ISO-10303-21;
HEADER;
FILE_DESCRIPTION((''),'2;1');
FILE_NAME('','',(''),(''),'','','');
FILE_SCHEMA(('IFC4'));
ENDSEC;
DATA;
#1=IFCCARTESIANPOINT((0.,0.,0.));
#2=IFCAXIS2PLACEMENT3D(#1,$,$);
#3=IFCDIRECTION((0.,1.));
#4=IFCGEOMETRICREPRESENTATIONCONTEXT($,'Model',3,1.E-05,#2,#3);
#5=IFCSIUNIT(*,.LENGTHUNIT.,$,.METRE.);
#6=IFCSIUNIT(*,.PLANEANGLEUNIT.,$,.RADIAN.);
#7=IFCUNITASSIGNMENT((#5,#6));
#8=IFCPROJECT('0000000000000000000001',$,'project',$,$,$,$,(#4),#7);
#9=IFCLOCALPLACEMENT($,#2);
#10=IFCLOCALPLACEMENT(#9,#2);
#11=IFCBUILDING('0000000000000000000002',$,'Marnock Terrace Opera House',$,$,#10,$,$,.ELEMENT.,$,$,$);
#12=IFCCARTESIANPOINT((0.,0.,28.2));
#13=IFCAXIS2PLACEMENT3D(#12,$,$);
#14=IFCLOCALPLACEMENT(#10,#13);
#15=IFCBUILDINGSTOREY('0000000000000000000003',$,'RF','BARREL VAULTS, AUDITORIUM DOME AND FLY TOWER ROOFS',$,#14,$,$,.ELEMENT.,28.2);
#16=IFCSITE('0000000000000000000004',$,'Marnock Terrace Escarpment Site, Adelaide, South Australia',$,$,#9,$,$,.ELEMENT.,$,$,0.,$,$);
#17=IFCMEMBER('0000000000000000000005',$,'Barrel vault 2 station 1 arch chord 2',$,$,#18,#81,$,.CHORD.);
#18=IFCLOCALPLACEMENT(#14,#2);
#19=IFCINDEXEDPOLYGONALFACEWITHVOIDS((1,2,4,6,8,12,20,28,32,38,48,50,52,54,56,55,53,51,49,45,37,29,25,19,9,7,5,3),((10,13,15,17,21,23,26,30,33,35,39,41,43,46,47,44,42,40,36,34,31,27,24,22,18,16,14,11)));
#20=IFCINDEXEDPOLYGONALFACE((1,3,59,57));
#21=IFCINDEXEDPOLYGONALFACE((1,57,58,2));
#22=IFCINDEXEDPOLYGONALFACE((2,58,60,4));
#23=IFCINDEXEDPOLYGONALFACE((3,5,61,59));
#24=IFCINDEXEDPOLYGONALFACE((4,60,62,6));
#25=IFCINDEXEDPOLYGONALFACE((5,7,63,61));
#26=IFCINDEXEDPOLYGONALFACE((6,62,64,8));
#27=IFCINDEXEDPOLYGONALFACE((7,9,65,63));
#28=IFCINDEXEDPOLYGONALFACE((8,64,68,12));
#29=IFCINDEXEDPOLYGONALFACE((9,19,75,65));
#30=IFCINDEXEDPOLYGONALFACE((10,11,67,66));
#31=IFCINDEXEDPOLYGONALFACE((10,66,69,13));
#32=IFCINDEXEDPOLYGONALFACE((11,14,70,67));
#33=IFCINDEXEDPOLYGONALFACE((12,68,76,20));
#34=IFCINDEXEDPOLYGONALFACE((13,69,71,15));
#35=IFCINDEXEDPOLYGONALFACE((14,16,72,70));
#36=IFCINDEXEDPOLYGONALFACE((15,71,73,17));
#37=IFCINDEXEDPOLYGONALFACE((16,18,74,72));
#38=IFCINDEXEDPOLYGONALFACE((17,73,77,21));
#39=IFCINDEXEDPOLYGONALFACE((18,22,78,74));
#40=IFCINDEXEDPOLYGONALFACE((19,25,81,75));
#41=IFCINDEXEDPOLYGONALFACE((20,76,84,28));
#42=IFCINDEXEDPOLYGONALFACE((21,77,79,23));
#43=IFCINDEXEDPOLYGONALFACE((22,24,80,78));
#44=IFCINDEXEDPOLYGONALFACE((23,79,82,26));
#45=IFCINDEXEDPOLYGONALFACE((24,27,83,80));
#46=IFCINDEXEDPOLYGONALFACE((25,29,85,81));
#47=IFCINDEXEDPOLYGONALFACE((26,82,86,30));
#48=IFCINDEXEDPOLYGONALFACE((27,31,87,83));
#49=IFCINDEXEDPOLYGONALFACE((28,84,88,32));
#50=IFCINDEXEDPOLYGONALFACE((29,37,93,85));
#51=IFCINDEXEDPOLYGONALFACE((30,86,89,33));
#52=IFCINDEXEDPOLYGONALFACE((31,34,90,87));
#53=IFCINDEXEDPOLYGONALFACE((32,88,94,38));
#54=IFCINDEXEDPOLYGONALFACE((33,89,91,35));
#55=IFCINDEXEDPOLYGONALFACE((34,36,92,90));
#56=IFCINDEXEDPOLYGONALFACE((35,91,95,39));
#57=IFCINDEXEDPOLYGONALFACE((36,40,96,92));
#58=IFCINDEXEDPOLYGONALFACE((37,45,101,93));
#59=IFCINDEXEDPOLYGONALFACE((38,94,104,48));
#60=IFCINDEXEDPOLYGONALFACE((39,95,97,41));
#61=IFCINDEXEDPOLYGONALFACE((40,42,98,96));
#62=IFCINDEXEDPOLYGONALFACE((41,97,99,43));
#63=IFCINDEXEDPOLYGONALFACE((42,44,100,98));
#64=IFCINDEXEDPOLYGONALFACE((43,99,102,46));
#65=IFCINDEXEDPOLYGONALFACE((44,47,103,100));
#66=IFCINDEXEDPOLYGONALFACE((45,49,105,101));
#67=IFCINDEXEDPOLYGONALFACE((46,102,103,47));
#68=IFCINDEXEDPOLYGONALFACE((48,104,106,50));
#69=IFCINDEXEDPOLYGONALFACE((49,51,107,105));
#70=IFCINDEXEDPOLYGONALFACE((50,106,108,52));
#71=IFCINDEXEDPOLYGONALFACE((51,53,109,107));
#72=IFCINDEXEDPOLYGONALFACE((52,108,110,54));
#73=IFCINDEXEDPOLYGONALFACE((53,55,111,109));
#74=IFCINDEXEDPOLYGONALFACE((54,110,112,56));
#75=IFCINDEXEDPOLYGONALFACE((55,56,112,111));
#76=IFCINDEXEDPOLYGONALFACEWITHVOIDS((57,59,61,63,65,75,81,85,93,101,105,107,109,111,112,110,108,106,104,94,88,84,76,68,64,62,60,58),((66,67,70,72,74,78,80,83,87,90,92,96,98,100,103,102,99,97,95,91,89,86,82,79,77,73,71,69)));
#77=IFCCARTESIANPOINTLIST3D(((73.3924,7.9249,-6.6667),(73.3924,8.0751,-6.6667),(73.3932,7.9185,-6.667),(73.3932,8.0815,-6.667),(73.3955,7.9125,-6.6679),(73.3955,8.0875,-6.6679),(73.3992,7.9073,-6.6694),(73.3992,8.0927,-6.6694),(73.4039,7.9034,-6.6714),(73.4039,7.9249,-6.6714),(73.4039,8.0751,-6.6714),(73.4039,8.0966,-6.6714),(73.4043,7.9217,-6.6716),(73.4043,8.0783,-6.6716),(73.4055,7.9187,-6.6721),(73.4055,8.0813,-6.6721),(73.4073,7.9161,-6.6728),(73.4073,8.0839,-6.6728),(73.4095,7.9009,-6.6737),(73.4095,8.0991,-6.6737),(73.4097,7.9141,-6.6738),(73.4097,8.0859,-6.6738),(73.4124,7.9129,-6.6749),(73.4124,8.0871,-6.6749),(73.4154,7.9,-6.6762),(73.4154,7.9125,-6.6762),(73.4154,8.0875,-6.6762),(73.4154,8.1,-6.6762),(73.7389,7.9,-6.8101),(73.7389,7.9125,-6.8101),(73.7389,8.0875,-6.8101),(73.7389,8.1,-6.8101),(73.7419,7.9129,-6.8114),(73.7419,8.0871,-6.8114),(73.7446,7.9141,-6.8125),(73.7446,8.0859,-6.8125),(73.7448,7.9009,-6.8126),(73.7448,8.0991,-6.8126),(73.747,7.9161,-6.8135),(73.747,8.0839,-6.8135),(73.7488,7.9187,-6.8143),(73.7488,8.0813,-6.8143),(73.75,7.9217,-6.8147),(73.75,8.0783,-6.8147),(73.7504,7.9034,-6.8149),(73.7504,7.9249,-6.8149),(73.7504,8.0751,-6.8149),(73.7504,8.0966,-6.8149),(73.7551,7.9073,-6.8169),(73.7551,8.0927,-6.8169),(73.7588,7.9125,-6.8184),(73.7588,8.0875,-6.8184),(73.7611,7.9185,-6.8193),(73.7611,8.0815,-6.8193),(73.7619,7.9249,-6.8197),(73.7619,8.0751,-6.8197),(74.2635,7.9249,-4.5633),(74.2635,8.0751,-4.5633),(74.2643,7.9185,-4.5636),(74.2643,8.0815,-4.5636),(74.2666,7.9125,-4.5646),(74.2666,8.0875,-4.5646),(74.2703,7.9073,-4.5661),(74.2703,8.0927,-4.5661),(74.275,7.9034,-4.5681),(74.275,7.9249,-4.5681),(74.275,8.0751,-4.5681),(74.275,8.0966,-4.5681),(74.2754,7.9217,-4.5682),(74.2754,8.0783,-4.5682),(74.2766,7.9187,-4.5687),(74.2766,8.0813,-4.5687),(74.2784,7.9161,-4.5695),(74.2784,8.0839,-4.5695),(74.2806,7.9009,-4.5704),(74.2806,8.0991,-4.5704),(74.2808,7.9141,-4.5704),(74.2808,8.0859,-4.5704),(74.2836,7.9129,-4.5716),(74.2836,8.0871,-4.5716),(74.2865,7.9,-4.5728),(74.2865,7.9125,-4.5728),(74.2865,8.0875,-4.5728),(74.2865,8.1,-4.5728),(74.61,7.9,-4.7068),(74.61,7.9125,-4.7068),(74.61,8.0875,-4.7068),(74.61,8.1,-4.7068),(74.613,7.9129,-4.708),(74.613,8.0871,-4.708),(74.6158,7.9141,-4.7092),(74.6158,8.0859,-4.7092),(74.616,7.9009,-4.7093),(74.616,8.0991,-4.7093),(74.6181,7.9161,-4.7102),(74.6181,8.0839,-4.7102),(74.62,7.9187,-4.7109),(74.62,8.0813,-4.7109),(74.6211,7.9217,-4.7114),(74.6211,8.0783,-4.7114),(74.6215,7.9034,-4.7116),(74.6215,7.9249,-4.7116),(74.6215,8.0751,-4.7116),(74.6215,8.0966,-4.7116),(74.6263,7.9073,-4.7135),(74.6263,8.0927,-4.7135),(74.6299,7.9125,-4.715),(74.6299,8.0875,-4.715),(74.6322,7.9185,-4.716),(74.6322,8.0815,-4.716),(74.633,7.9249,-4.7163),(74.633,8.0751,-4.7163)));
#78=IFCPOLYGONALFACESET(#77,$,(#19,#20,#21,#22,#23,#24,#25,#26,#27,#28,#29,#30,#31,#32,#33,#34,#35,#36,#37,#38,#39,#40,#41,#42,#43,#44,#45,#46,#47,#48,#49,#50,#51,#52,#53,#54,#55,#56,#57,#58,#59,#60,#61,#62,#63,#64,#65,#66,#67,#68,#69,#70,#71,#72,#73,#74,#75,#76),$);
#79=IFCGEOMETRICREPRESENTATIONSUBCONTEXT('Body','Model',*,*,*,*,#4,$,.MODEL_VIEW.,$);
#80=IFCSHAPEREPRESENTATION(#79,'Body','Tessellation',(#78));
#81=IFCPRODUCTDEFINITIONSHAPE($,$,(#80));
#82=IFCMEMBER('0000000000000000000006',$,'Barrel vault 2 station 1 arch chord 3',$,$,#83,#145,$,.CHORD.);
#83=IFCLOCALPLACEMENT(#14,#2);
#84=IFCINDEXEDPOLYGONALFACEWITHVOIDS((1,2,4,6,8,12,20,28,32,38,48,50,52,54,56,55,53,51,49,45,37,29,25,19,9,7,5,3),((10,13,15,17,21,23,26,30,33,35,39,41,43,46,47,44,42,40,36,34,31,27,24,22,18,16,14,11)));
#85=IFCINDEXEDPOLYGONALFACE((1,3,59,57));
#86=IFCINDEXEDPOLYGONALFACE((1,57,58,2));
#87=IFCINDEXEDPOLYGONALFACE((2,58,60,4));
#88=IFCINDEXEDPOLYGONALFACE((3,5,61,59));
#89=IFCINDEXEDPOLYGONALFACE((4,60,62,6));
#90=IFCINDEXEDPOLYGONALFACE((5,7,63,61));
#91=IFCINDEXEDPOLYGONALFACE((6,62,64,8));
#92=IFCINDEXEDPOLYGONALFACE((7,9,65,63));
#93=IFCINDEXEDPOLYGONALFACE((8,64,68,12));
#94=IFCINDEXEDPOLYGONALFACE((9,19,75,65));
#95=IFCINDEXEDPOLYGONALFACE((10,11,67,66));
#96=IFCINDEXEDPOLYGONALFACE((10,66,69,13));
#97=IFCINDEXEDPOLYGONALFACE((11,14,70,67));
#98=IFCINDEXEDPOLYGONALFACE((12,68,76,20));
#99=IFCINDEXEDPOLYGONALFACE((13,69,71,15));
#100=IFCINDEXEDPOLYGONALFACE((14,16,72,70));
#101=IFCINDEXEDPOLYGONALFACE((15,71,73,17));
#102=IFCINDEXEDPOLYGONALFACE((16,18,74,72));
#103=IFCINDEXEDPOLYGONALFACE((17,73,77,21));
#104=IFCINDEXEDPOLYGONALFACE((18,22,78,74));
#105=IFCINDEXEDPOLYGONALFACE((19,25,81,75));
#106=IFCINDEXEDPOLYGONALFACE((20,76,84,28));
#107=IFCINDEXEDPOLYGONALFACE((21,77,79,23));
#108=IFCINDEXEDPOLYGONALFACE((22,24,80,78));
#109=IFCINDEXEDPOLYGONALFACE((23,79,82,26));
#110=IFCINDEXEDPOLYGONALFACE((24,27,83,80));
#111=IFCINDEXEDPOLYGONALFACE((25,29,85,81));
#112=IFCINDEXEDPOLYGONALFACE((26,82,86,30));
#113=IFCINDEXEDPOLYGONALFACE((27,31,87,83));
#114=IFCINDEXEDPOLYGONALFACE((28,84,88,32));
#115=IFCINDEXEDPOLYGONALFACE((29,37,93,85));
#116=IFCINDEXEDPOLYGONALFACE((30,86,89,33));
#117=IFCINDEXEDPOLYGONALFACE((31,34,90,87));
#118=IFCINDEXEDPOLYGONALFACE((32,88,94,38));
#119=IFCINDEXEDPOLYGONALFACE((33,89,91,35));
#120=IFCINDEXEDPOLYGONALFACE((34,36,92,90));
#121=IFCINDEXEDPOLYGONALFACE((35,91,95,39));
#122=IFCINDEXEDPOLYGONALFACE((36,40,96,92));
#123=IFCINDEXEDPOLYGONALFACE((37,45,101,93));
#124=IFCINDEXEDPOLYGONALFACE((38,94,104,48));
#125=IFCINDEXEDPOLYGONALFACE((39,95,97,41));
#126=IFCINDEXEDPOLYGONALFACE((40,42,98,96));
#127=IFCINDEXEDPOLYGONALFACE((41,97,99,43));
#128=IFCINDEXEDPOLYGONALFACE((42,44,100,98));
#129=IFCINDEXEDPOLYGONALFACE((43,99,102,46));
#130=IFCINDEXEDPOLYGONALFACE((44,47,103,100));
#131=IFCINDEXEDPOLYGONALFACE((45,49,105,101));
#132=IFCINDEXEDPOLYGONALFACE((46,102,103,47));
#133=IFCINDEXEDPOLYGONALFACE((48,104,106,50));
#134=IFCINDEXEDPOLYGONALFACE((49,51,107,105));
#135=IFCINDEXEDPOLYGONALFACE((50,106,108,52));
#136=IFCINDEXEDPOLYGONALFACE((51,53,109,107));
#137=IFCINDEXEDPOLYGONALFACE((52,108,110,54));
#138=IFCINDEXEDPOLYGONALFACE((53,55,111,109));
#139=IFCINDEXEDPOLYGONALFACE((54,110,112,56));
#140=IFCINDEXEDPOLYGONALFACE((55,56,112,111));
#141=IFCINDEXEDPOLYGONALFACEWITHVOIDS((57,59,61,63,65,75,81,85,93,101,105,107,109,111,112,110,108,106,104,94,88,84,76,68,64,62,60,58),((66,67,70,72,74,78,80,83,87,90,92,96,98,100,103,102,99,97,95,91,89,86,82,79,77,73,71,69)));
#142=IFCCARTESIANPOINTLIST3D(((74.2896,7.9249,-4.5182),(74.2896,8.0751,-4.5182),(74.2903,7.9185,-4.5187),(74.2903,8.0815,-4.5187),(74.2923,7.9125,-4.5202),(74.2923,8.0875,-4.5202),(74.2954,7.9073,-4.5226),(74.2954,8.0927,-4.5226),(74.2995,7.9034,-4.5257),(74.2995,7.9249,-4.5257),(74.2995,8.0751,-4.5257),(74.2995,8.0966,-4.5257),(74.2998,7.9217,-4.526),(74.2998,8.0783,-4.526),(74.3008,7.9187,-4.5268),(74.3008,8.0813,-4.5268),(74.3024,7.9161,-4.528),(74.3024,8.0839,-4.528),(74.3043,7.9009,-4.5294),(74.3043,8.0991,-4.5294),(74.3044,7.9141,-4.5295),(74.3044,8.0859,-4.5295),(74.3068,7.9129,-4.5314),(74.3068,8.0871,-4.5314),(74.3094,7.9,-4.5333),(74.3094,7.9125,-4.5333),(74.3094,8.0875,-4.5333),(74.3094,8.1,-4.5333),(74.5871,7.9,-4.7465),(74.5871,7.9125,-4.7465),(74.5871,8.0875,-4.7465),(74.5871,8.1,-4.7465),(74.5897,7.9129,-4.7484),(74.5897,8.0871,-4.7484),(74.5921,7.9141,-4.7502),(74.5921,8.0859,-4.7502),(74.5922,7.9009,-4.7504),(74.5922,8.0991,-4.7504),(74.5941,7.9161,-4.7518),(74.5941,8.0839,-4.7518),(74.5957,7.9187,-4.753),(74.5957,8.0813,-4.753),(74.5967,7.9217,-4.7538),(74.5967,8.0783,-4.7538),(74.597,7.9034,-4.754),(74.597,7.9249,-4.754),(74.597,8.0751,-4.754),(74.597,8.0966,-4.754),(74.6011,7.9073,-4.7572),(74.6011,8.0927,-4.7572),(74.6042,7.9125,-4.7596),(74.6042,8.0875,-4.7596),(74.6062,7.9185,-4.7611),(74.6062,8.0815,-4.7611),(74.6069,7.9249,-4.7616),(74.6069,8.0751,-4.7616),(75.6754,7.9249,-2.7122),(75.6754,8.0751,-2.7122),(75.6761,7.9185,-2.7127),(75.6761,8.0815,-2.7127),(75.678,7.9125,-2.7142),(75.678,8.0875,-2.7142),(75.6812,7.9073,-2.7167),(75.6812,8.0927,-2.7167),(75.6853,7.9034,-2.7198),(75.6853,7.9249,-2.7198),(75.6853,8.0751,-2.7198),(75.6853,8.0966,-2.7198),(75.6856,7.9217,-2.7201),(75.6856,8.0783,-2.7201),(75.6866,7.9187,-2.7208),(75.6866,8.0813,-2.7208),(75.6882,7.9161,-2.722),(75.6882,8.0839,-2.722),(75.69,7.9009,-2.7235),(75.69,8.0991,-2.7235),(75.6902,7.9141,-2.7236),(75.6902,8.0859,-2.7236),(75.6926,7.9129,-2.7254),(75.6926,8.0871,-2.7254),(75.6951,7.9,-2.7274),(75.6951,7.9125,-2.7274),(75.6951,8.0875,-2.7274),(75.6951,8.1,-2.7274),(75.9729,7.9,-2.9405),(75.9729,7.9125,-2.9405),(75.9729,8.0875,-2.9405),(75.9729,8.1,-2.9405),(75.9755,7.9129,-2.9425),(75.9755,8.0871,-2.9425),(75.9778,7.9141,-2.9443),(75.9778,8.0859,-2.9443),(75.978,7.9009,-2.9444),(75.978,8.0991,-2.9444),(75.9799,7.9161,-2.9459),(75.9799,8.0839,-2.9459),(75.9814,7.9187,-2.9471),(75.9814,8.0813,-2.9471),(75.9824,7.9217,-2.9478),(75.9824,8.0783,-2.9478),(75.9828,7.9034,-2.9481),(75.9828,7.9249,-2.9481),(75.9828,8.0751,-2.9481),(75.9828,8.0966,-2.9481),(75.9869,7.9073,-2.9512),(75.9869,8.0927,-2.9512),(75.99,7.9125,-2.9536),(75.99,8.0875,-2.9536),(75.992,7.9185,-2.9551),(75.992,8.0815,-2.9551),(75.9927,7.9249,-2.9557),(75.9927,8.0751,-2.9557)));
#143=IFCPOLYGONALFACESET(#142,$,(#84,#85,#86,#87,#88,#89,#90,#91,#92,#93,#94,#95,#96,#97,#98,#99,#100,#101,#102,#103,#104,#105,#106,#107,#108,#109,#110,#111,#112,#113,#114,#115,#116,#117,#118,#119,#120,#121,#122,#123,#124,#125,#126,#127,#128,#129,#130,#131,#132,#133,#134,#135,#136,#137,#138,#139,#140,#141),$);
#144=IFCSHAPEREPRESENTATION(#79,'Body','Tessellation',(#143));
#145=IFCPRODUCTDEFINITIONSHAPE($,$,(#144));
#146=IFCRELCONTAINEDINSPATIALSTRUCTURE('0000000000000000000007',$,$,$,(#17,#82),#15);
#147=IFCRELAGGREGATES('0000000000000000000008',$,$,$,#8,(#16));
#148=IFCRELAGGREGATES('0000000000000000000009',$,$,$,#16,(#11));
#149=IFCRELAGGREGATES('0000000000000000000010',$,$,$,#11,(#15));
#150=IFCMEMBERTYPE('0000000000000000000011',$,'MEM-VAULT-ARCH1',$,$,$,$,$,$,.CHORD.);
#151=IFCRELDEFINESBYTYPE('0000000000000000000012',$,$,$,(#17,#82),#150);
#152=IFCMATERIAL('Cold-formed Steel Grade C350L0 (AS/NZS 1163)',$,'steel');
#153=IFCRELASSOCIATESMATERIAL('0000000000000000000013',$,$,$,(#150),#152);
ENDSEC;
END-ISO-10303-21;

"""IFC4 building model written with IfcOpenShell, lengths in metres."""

from ifc_helpers import new_model, si_unit, direction, frame, origin, origin_2d, place, context, subcontext, project, spatial, hollow_rectangle, extrude, material, material_profile, profile_set, type_object, element, save


model = new_model("IFC4")

# Units and contexts
model_context = context("Model", 3, precision=1e-05, world=origin(), true_north=direction((0.0, 1.0)))
body_context = subcontext(model_context, "Body", "Model", "MODEL_VIEW")
ifc_project = project(units=[si_unit("LENGTHUNIT", "METRE"), si_unit("PLANEANGLEUNIT", "RADIAN")], contexts=[model_context])

# Site, building, storey
site_placement = place(None, origin())
site = spatial("IfcSite", under=ifc_project, at=site_placement, Name="Marnock Terrace Escarpment Site, Adelaide, South Australia", CompositionType="ELEMENT", RefElevation=0.0)
building_placement = place(site_placement, origin())
building = spatial("IfcBuilding", under=site, at=building_placement, Name="Marnock Terrace Opera House", CompositionType="ELEMENT")
storey_placement = place(building_placement, frame((0.0, 0.0, 28.2)))
storey = spatial("IfcBuildingStorey", under=building, at=storey_placement, Name="RF", Description="BARREL VAULTS, AUDITORIUM DOME AND FLY TOWER ROOFS", CompositionType="ELEMENT", Elevation=28.2)

# Members
ifc_material_1 = material(Name="Cold-formed Steel Grade C350L0 (AS/NZS 1163)", Category="steel")
ifc_material_profile_1 = material_profile(ifc_material_1, hollow_rectangle(XDim=0.2, YDim=0.3999, WallThickness=0.0125, InnerFilletRadius=0.0125, OuterFilletRadius=0.0249, at=origin_2d()))
ifc_profile_set_1 = profile_set([ifc_material_profile_1], Name="Cold-formed Steel Grade C350L0 (AS/NZS 1163)")
member_type_1 = type_object("IfcMemberType", Name="MEM-VAULT-ARCH1", PredefinedType="CHORD", material=ifc_profile_set_1)
member_1_placement = place(storey_placement, frame((73.5771, 8.0, -6.7432), z_axis=(0.382642, 0.0, 0.923897), x_axis=(0.0, 1.0, 0.0)))
element("IfcMember", 1, at=member_1_placement, inside=storey, type_object=member_type_1, Name="Barrel vault 2 station 1 arch chord 2", PredefinedType="CHORD", context=body_context, shape_type="SweptSolid", body=[
    extrude(hollow_rectangle(XDim=0.2, YDim=0.3999, WallThickness=0.0125, InnerFilletRadius=0.0125, OuterFilletRadius=0.0249, at=origin_2d()), origin(), (0.0, 0.0, 1.0), 2.2766),
])
for number, where, z_axis, x_axis, name in (
    (2, (74.4482, 8.0, -4.6399), (0.608767, 0.0, 0.793349), (0.0, 1.0, 0.0), "Barrel vault 2 station 1 arch chord 3"),
):
    element("IfcMember", number, at=place(storey_placement, frame(where, z_axis=z_axis, x_axis=x_axis)), inside=storey, type_object=member_type_1, Name=name, PredefinedType="CHORD", context=body_context, shape_type="SweptSolid", body=[
        extrude(hollow_rectangle(XDim=0.2, YDim=0.3999, WallThickness=0.0125, InnerFilletRadius=0.0125, OuterFilletRadius=0.0249, at=origin_2d()), origin(), (0.0, 0.0, 1.0), 2.2764),
    ])

save(model, "model.ifc")
